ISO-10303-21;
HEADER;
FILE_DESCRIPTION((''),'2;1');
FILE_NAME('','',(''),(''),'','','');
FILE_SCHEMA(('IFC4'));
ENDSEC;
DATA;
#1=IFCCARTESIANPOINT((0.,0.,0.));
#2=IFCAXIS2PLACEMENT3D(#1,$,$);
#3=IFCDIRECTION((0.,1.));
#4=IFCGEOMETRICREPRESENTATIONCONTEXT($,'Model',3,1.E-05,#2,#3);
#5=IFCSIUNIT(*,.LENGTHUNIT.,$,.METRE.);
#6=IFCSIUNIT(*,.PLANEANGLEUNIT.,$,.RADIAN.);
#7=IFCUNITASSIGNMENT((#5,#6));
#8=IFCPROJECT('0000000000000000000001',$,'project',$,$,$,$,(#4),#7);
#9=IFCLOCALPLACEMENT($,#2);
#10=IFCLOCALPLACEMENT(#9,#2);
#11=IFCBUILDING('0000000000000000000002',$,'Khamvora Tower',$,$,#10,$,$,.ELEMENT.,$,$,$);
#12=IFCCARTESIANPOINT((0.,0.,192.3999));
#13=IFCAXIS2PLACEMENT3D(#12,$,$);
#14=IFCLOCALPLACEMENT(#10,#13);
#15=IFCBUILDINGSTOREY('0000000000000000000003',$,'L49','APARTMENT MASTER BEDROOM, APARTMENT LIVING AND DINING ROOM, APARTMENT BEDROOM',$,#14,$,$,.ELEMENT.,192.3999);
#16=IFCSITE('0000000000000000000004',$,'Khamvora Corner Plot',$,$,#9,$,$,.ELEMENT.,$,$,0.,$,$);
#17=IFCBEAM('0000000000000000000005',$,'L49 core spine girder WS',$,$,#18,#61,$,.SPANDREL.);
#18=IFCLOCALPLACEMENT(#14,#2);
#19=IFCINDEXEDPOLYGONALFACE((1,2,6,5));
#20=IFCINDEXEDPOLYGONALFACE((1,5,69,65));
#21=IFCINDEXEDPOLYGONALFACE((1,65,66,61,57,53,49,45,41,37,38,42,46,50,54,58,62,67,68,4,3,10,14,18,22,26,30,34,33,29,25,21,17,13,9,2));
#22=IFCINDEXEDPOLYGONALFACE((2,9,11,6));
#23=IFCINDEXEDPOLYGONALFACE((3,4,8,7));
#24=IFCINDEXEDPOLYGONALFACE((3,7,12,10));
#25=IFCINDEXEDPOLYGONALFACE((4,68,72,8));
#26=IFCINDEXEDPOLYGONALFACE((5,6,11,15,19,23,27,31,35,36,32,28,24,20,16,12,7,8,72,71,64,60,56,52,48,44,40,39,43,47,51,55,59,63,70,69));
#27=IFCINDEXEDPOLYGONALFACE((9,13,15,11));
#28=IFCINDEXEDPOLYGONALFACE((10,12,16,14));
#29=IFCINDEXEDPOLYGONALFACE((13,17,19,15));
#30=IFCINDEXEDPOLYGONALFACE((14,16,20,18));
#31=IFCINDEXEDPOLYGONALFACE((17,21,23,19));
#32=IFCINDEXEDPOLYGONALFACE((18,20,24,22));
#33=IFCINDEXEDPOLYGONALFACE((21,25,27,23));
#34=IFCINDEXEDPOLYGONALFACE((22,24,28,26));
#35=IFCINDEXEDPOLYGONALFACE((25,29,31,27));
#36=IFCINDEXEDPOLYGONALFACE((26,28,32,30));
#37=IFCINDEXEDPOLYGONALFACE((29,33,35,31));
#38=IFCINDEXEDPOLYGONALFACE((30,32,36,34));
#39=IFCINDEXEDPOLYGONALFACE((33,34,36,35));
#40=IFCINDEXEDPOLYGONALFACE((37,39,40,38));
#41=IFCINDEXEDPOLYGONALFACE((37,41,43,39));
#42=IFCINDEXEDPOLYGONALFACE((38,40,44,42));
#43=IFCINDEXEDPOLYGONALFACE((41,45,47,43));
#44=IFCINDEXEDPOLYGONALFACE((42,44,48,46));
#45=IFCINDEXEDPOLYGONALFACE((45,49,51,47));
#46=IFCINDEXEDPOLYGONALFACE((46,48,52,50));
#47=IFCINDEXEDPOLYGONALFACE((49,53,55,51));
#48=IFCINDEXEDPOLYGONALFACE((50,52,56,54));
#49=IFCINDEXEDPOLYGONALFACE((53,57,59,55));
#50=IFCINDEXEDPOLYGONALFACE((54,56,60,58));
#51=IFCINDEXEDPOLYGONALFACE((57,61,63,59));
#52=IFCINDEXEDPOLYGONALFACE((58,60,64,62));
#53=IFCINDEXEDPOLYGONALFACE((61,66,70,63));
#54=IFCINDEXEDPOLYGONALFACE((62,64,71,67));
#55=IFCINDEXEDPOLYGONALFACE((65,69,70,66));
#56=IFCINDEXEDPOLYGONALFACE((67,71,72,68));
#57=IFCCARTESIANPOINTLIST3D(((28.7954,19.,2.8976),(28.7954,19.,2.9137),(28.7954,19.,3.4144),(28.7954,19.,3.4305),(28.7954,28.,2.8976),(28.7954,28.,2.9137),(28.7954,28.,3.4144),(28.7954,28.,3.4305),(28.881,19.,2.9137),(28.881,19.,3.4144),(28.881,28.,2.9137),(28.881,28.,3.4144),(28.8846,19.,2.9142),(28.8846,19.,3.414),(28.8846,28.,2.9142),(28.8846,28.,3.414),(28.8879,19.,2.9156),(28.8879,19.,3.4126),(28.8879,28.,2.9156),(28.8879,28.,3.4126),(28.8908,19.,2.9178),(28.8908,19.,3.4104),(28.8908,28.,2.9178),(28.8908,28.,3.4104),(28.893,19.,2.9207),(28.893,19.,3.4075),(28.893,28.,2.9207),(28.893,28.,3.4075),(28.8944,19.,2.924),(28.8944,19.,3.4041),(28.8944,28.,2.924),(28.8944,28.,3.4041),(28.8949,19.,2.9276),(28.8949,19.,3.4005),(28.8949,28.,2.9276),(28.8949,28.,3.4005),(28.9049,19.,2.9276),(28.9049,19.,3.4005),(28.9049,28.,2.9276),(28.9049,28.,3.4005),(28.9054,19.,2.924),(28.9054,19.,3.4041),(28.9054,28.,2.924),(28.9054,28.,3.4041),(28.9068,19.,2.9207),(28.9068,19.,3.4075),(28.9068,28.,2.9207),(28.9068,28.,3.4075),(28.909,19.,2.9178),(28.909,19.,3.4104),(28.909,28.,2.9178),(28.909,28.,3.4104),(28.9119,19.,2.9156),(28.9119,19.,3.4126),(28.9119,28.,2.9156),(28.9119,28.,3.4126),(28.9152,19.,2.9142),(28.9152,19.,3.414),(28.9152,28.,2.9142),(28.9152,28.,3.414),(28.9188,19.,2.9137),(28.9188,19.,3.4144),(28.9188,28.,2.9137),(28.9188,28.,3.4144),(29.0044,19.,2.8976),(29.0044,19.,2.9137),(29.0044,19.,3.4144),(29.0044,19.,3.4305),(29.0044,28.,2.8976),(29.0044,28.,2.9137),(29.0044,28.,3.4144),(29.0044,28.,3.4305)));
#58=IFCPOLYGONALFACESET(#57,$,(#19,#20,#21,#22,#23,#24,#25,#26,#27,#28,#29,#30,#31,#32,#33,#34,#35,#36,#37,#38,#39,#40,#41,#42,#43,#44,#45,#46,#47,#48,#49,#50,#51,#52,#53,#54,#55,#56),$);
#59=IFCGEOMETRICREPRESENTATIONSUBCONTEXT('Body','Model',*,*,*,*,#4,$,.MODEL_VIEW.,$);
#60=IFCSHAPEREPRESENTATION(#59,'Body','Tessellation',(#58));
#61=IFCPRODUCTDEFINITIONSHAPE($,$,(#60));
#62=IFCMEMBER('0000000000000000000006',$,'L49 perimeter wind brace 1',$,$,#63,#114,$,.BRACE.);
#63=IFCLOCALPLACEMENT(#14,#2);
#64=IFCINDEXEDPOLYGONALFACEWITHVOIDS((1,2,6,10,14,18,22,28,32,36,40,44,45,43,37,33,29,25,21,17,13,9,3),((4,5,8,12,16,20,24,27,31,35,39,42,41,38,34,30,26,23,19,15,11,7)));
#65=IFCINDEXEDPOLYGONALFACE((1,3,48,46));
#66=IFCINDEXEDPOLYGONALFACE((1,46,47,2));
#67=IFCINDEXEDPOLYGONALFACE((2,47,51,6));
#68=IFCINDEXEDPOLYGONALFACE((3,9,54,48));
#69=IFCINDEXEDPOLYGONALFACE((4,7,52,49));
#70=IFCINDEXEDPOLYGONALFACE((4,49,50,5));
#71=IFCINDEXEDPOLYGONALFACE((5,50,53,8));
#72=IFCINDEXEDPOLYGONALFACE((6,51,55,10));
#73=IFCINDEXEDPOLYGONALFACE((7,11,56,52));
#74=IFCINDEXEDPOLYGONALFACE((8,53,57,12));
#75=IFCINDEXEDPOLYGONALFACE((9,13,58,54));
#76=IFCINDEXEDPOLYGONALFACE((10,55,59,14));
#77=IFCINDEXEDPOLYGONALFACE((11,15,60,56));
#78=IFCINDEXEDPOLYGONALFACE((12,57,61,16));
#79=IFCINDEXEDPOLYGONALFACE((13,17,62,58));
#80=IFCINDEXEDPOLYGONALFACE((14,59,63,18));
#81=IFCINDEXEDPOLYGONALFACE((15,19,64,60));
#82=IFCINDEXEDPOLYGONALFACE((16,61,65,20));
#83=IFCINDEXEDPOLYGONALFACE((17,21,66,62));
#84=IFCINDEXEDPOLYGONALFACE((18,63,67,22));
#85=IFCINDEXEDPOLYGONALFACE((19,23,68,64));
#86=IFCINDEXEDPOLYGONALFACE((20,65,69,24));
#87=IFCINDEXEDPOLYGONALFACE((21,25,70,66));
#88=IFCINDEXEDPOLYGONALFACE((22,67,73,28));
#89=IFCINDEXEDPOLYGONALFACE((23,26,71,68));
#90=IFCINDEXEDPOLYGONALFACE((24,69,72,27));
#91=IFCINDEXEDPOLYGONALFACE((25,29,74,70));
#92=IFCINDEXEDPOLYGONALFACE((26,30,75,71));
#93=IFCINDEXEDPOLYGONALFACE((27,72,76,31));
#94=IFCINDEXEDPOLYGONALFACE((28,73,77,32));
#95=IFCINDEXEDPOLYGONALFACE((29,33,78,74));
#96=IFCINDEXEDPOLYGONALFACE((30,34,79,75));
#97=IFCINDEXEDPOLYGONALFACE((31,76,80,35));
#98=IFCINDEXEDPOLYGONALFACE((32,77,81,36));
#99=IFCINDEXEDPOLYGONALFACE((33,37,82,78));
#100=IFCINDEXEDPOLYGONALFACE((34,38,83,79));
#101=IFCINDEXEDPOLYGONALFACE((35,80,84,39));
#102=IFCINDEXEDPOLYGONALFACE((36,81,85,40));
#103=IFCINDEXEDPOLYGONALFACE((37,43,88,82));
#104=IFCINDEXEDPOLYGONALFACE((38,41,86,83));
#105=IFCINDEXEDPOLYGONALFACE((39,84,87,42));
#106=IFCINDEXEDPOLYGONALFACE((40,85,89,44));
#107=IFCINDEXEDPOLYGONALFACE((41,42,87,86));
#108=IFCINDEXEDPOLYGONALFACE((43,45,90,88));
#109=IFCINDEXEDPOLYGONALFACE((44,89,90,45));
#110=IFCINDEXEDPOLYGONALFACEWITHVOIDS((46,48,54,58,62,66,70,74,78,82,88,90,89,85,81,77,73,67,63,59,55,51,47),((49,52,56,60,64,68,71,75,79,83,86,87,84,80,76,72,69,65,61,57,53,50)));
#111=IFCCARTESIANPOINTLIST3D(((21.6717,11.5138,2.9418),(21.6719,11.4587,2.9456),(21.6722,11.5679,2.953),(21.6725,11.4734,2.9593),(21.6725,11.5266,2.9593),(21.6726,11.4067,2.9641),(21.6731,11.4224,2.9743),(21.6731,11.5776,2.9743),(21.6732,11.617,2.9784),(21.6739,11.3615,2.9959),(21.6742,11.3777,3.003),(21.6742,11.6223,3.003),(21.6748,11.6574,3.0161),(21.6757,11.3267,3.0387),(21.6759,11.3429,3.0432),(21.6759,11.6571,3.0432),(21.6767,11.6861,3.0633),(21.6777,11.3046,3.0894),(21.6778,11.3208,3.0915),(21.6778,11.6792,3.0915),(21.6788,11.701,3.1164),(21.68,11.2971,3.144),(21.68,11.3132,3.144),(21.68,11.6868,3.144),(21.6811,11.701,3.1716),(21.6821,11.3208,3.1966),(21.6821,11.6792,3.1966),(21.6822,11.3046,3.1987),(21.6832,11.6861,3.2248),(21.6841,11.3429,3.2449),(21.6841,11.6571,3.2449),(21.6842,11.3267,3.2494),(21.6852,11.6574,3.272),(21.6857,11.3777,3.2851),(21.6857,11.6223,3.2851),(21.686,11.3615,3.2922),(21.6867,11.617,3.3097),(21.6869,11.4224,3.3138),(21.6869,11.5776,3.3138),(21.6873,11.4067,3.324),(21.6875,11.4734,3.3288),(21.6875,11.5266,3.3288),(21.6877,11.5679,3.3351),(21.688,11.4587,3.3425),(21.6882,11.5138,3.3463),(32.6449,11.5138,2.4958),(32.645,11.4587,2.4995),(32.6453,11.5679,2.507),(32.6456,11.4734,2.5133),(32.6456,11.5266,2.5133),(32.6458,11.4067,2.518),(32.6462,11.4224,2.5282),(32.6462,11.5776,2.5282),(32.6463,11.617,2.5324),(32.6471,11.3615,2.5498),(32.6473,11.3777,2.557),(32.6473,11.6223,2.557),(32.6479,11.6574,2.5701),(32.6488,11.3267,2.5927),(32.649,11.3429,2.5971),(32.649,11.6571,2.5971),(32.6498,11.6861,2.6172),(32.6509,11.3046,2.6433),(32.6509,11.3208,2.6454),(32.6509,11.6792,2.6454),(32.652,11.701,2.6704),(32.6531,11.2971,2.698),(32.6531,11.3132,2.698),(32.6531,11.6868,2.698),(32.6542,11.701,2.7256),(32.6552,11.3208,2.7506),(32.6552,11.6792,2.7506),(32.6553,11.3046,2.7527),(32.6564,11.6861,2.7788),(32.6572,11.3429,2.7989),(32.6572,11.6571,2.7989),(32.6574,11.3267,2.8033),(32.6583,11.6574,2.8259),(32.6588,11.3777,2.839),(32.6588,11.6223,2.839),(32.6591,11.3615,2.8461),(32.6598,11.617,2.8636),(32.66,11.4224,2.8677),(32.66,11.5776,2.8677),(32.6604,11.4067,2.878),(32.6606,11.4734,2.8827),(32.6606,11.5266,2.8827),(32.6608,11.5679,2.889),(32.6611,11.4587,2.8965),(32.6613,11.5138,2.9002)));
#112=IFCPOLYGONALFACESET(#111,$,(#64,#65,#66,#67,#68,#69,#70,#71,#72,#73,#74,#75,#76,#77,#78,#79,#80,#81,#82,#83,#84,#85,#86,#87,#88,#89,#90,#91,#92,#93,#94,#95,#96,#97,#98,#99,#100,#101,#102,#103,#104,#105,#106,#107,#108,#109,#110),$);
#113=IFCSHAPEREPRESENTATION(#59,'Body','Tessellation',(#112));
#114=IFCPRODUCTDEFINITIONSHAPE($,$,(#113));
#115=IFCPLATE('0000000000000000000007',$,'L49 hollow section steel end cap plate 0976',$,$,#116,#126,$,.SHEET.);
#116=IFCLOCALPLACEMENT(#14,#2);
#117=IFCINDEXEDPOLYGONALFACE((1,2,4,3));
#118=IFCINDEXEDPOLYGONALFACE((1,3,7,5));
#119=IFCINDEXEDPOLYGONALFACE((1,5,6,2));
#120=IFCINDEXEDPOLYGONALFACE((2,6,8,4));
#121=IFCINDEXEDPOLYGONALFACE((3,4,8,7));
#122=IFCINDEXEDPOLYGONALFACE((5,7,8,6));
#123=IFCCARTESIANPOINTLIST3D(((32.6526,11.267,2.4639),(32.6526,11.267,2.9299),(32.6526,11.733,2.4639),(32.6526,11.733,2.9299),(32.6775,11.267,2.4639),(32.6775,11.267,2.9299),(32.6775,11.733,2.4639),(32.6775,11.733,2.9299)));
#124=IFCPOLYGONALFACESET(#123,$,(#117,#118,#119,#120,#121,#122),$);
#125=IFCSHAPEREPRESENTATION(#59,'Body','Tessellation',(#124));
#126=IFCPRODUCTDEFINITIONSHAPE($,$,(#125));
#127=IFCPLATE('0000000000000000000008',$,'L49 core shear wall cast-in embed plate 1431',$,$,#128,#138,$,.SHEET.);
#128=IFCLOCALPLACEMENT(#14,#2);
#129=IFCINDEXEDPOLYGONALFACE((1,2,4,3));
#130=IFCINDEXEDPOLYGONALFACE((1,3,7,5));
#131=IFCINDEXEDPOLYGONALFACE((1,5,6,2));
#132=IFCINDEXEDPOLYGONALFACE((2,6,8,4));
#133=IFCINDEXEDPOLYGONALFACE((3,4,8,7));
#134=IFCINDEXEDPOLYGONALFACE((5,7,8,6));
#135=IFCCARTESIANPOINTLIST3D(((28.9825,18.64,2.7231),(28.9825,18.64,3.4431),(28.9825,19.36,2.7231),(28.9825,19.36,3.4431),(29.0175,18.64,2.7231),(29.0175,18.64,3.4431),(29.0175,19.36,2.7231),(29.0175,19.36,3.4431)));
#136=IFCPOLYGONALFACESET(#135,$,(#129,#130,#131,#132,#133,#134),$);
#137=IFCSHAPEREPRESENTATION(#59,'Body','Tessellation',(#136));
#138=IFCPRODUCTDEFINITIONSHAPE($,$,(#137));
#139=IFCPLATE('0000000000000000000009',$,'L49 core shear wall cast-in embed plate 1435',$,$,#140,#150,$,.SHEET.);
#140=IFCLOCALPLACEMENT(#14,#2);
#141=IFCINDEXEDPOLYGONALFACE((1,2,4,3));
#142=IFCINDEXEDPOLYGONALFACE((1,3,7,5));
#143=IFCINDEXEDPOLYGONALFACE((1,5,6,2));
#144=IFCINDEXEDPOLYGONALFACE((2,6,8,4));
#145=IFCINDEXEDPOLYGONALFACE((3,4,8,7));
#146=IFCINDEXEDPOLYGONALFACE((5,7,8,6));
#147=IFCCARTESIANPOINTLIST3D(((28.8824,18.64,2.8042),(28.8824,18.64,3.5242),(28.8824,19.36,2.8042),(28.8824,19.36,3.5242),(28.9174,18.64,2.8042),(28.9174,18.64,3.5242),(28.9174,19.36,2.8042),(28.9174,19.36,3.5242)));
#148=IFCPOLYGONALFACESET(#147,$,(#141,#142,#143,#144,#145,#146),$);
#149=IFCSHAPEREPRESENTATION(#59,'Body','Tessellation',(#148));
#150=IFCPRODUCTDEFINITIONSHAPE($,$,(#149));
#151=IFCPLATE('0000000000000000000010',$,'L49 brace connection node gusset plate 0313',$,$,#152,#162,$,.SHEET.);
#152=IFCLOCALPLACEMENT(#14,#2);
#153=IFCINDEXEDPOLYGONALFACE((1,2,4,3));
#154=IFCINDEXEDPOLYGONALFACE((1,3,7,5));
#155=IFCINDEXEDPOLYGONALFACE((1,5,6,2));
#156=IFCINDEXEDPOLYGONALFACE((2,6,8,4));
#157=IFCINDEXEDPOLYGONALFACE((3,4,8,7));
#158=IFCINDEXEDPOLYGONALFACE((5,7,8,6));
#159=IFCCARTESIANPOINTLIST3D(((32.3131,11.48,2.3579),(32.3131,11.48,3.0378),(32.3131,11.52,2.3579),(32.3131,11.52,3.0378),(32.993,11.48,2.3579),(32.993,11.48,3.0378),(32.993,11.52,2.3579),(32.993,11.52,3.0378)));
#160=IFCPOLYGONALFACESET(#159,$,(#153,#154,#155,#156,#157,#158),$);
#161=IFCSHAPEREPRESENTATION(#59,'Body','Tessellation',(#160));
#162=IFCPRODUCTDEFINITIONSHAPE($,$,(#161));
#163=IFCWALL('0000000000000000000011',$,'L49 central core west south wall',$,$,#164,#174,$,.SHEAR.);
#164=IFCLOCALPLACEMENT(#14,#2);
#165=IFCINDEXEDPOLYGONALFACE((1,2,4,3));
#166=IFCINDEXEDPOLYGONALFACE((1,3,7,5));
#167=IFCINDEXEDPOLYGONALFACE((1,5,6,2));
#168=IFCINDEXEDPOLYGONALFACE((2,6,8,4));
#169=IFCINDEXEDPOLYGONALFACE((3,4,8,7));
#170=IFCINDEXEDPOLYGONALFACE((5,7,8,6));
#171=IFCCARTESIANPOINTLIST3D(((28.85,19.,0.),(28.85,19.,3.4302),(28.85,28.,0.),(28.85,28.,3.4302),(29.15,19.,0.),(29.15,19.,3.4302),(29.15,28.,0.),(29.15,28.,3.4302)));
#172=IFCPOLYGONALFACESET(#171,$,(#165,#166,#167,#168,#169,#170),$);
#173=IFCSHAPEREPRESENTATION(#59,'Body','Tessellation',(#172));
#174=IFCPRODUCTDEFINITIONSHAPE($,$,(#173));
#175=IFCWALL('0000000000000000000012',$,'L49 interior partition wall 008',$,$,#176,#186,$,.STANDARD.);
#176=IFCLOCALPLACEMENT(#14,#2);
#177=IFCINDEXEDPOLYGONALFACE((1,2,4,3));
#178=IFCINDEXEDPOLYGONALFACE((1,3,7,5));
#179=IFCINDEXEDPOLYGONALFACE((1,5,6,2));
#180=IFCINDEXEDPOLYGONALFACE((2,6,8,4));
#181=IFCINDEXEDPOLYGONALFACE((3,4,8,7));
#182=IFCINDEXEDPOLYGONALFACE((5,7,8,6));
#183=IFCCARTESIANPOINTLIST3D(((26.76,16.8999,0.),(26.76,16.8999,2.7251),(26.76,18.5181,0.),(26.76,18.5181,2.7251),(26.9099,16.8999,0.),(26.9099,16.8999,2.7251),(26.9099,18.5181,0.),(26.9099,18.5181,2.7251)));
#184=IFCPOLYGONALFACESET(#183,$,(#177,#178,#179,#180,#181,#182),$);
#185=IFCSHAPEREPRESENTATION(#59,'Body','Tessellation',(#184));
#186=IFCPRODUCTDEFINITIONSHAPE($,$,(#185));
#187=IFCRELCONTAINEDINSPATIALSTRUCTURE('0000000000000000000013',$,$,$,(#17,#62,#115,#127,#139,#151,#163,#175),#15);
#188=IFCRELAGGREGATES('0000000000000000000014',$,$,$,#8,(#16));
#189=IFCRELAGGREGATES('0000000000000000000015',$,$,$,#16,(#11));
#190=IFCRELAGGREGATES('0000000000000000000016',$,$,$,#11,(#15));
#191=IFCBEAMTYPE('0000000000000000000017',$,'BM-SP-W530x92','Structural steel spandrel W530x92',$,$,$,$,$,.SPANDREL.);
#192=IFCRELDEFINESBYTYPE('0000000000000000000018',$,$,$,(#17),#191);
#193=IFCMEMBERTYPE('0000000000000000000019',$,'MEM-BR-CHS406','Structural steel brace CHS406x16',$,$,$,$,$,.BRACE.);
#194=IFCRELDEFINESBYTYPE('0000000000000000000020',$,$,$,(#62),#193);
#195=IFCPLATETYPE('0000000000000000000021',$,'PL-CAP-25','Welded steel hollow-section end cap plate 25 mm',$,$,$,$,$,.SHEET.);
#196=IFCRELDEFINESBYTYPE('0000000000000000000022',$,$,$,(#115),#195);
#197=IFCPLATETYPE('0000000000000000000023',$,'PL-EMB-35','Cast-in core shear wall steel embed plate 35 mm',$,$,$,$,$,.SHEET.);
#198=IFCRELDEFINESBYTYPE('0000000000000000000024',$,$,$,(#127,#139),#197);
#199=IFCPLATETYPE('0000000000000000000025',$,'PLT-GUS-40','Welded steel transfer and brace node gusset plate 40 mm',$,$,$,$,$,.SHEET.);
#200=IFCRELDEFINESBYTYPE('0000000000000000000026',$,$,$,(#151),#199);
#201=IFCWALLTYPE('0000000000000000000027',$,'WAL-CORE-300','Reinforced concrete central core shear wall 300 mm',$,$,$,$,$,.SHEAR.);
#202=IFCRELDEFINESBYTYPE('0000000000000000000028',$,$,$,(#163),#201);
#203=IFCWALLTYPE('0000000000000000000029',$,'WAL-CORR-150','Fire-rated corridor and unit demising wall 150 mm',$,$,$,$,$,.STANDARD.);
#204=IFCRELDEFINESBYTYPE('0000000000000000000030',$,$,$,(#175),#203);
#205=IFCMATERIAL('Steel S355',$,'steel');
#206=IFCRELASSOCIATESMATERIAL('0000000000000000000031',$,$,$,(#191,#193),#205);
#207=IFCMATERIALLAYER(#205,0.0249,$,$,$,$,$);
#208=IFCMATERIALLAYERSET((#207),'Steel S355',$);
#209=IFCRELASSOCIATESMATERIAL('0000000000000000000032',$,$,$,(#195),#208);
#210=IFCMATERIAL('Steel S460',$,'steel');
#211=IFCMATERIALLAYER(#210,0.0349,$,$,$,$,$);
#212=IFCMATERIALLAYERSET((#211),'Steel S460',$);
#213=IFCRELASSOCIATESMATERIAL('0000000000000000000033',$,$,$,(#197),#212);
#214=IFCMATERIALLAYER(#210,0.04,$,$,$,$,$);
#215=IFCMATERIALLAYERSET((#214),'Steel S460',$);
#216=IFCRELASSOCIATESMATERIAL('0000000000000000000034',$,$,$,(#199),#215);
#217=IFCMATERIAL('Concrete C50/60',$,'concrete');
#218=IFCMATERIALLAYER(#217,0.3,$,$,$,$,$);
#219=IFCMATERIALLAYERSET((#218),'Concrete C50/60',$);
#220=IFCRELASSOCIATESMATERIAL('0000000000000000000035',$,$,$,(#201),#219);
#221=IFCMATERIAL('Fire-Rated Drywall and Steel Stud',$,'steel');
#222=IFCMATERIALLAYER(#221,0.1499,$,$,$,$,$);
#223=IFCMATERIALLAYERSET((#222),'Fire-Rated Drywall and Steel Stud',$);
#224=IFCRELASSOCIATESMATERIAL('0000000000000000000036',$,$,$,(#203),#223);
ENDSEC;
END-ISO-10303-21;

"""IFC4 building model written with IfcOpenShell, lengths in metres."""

from ifc_helpers import new_model, si_unit, direction, frame, frame_2d, origin, origin_2d, place, context, subcontext, project, spatial, rectangle, hollow_circle, i_section, extrude, material, layer, layer_set, material_profile, profile_set, type_object, element, save


model = new_model("IFC4")

# Units and contexts
model_context = context("Model", 3, precision=1e-05, world=origin(), true_north=direction((0.0, 1.0)))
body_context = subcontext(model_context, "Body", "Model", "MODEL_VIEW")
ifc_project = project(units=[si_unit("LENGTHUNIT", "METRE"), si_unit("PLANEANGLEUNIT", "RADIAN")], contexts=[model_context])

# Site, building, storey
site_placement = place(None, origin())
site = spatial("IfcSite", under=ifc_project, at=site_placement, Name="Khamvora Corner Plot", CompositionType="ELEMENT", RefElevation=0.0)
building_placement = place(site_placement, origin())
building = spatial("IfcBuilding", under=site, at=building_placement, Name="Khamvora Tower", CompositionType="ELEMENT")
storey_placement = place(building_placement, frame((0.0, 0.0, 192.3999)))
storey = spatial("IfcBuildingStorey", under=building, at=storey_placement, Name="L49", Description="APARTMENT MASTER BEDROOM, APARTMENT LIVING AND DINING ROOM, APARTMENT BEDROOM", CompositionType="ELEMENT", Elevation=192.3999)

# Shared definitions
ifc_material_1 = material(Name="Steel S460", Category="steel")

# Beam
ifc_material_2 = material(Name="Steel S355", Category="steel")
ifc_material_profile_1 = material_profile(ifc_material_2, i_section(OverallWidth=0.209, OverallDepth=0.533, WebThickness=0.01, FlangeThickness=0.0161, FilletRadius=0.0139, at=origin_2d()), Name="W530x92")
ifc_profile_set_1 = profile_set([ifc_material_profile_1], Name="Steel S355")
beam_type_1 = type_object("IfcBeamType", Name="BM-SP-W530x92", Description="Structural steel spandrel W530x92", PredefinedType="SPANDREL", material=ifc_profile_set_1)
beam_1_placement = place(storey_placement, frame((28.8999, 19.0, 3.1641), z_axis=(0.0, 1.0, 0.0), x_axis=(-1.0, 0.0, 0.0)))
element("IfcBeam", 1, at=beam_1_placement, inside=storey, type_object=beam_type_1, Name="L49 core spine girder WS", PredefinedType="SPANDREL", context=body_context, shape_type="SweptSolid", body=[
    extrude(i_section(OverallWidth=0.209, OverallDepth=0.533, WebThickness=0.01, FlangeThickness=0.0161, FilletRadius=0.0139, at=origin_2d()), origin(), (0.0, 0.0, 1.0), 9.0),
])

# Member
ifc_material_profile_2 = material_profile(ifc_material_2, hollow_circle(Radius=0.2029, WallThickness=0.0161, at=origin_2d()), Name="CHS406x16")
ifc_profile_set_2 = profile_set([ifc_material_profile_2], Name="Steel S355")
member_type = type_object("IfcMemberType", Name="MEM-BR-CHS406", Description="Structural steel brace CHS406x16", PredefinedType="BRACE", material=ifc_profile_set_2)
member_placement = place(storey_placement, frame((32.6531, 11.5, 2.698), z_axis=(-0.999175, 0.0, 0.040615), x_axis=(0.0, -1.0, 0.0)))
element("IfcMember", 2, at=member_placement, inside=storey, type_object=member_type, Name="L49 perimeter wind brace 1", PredefinedType="BRACE", context=body_context, shape_type="SweptSolid", body=[
    extrude(hollow_circle(Radius=0.2029, WallThickness=0.0161, at=origin_2d()), origin(), (0.0, 0.0, 1.0), 10.9822),
])

# Plates
ifc_layer_1 = layer(ifc_material_2, 0.0249)
ifc_layer_set_1 = layer_set([ifc_layer_1], Name="Steel S355")
plate_type_1 = type_object("IfcPlateType", Name="PL-CAP-25", Description="Welded steel hollow-section end cap plate 25 mm", PredefinedType="SHEET", material=ifc_layer_set_1)
plate_1_placement = place(storey_placement, frame((32.665, 11.5, 2.4639), z_axis=(0.0, 0.0, 1.0), x_axis=(-1.0, 0.0, 0.0)))
element("IfcPlate", 3, at=plate_1_placement, inside=storey, type_object=plate_type_1, Name="L49 hollow section steel end cap plate 0976", PredefinedType="SHEET", context=body_context, shape_type="SweptSolid", body=[
    extrude(rectangle(XDim=0.0249, YDim=0.4661, at=origin_2d()), origin(), (0.0, 0.0, 1.0), 0.4661),
])
ifc_layer_2 = layer(ifc_material_1, 0.0349)
ifc_layer_set_2 = layer_set([ifc_layer_2], Name="Steel S460")
plate_type_2 = type_object("IfcPlateType", Name="PL-EMB-35", Description="Cast-in core shear wall steel embed plate 35 mm", PredefinedType="SHEET", material=ifc_layer_set_2)
for number, where, z_axis, x_axis, name in (
    (4, (29.0, 19.0, 2.7231), (0.0, 0.0, 1.0), (1.0, 0.0, 0.0), "L49 core shear wall cast-in embed plate 1431"),
    (5, (28.8999, 19.0, 2.8042), (0.0, 0.0, 1.0), (1.0, 0.0, 0.0), "L49 core shear wall cast-in embed plate 1435"),
):
    element("IfcPlate", number, at=place(storey_placement, frame(where, z_axis=z_axis, x_axis=x_axis)), inside=storey, type_object=plate_type_2, Name=name, PredefinedType="SHEET", context=body_context, shape_type="SweptSolid", body=[
        extrude(rectangle(XDim=0.0349, YDim=0.72, at=origin_2d()), origin(), (0.0, 0.0, 1.0), 0.72),
    ])
ifc_layer_3 = layer(ifc_material_1, 0.04)
ifc_layer_set_3 = layer_set([ifc_layer_3], Name="Steel S460")
plate_type_3 = type_object("IfcPlateType", Name="PLT-GUS-40", Description="Welded steel transfer and brace node gusset plate 40 mm", PredefinedType="SHEET", material=ifc_layer_set_3)
plate_2_placement = place(storey_placement, frame((32.6531, 11.5, 2.3579), z_axis=(0.0, 0.0, 1.0), x_axis=(1.0, 0.0, 0.0)))
element("IfcPlate", 6, at=plate_2_placement, inside=storey, type_object=plate_type_3, Name="L49 brace connection node gusset plate 0313", PredefinedType="SHEET", context=body_context, shape_type="SweptSolid", body=[
    extrude(rectangle(XDim=0.6799, YDim=0.04, at=origin_2d()), origin(), (0.0, 0.0, 1.0), 0.6799),
])

# Walls
ifc_material_3 = material(Name="Concrete C50/60", Category="concrete")
ifc_layer_4 = layer(ifc_material_3, 0.3)
ifc_layer_set_4 = layer_set([ifc_layer_4], Name="Concrete C50/60")
wall_type_1 = type_object("IfcWallType", Name="WAL-CORE-300", Description="Reinforced concrete central core shear wall 300 mm", PredefinedType="SHEAR", material=ifc_layer_set_4)
wall_1_placement = place(storey_placement, frame((29.0, 19.0, 0.0), z_axis=(0.0, 0.0, 1.0), x_axis=(0.0, 1.0, 0.0)))
element("IfcWall", 7, at=wall_1_placement, inside=storey, type_object=wall_type_1, Name="L49 central core west south wall", PredefinedType="SHEAR", context=body_context, shape_type="SweptSolid", body=[
    extrude(rectangle(XDim=9.0, YDim=0.3, at=frame_2d((4.5, 0.0))), origin(), (0.0, 0.0, 1.0), 3.4302),
])
ifc_material_4 = material(Name="Fire-Rated Drywall and Steel Stud", Category="steel")
ifc_layer_5 = layer(ifc_material_4, 0.1499)
ifc_layer_set_5 = layer_set([ifc_layer_5], Name="Fire-Rated Drywall and Steel Stud")
wall_type_2 = type_object("IfcWallType", Name="WAL-CORR-150", Description="Fire-rated corridor and unit demising wall 150 mm", PredefinedType="STANDARD", material=ifc_layer_set_5)
wall_2_placement = place(storey_placement, frame((26.835, 16.8999, 0.0), z_axis=(0.0, 0.0, 1.0), x_axis=(0.0, 1.0, 0.0)))
element("IfcWall", 8, at=wall_2_placement, inside=storey, type_object=wall_type_2, Name="L49 interior partition wall 008", PredefinedType="STANDARD", context=body_context, shape_type="SweptSolid", body=[
    extrude(rectangle(XDim=1.6182, YDim=0.1499, at=frame_2d((0.8091, 0.0))), origin(), (0.0, 0.0, 1.0), 2.7251),
])

save(model, "model.ifc")
